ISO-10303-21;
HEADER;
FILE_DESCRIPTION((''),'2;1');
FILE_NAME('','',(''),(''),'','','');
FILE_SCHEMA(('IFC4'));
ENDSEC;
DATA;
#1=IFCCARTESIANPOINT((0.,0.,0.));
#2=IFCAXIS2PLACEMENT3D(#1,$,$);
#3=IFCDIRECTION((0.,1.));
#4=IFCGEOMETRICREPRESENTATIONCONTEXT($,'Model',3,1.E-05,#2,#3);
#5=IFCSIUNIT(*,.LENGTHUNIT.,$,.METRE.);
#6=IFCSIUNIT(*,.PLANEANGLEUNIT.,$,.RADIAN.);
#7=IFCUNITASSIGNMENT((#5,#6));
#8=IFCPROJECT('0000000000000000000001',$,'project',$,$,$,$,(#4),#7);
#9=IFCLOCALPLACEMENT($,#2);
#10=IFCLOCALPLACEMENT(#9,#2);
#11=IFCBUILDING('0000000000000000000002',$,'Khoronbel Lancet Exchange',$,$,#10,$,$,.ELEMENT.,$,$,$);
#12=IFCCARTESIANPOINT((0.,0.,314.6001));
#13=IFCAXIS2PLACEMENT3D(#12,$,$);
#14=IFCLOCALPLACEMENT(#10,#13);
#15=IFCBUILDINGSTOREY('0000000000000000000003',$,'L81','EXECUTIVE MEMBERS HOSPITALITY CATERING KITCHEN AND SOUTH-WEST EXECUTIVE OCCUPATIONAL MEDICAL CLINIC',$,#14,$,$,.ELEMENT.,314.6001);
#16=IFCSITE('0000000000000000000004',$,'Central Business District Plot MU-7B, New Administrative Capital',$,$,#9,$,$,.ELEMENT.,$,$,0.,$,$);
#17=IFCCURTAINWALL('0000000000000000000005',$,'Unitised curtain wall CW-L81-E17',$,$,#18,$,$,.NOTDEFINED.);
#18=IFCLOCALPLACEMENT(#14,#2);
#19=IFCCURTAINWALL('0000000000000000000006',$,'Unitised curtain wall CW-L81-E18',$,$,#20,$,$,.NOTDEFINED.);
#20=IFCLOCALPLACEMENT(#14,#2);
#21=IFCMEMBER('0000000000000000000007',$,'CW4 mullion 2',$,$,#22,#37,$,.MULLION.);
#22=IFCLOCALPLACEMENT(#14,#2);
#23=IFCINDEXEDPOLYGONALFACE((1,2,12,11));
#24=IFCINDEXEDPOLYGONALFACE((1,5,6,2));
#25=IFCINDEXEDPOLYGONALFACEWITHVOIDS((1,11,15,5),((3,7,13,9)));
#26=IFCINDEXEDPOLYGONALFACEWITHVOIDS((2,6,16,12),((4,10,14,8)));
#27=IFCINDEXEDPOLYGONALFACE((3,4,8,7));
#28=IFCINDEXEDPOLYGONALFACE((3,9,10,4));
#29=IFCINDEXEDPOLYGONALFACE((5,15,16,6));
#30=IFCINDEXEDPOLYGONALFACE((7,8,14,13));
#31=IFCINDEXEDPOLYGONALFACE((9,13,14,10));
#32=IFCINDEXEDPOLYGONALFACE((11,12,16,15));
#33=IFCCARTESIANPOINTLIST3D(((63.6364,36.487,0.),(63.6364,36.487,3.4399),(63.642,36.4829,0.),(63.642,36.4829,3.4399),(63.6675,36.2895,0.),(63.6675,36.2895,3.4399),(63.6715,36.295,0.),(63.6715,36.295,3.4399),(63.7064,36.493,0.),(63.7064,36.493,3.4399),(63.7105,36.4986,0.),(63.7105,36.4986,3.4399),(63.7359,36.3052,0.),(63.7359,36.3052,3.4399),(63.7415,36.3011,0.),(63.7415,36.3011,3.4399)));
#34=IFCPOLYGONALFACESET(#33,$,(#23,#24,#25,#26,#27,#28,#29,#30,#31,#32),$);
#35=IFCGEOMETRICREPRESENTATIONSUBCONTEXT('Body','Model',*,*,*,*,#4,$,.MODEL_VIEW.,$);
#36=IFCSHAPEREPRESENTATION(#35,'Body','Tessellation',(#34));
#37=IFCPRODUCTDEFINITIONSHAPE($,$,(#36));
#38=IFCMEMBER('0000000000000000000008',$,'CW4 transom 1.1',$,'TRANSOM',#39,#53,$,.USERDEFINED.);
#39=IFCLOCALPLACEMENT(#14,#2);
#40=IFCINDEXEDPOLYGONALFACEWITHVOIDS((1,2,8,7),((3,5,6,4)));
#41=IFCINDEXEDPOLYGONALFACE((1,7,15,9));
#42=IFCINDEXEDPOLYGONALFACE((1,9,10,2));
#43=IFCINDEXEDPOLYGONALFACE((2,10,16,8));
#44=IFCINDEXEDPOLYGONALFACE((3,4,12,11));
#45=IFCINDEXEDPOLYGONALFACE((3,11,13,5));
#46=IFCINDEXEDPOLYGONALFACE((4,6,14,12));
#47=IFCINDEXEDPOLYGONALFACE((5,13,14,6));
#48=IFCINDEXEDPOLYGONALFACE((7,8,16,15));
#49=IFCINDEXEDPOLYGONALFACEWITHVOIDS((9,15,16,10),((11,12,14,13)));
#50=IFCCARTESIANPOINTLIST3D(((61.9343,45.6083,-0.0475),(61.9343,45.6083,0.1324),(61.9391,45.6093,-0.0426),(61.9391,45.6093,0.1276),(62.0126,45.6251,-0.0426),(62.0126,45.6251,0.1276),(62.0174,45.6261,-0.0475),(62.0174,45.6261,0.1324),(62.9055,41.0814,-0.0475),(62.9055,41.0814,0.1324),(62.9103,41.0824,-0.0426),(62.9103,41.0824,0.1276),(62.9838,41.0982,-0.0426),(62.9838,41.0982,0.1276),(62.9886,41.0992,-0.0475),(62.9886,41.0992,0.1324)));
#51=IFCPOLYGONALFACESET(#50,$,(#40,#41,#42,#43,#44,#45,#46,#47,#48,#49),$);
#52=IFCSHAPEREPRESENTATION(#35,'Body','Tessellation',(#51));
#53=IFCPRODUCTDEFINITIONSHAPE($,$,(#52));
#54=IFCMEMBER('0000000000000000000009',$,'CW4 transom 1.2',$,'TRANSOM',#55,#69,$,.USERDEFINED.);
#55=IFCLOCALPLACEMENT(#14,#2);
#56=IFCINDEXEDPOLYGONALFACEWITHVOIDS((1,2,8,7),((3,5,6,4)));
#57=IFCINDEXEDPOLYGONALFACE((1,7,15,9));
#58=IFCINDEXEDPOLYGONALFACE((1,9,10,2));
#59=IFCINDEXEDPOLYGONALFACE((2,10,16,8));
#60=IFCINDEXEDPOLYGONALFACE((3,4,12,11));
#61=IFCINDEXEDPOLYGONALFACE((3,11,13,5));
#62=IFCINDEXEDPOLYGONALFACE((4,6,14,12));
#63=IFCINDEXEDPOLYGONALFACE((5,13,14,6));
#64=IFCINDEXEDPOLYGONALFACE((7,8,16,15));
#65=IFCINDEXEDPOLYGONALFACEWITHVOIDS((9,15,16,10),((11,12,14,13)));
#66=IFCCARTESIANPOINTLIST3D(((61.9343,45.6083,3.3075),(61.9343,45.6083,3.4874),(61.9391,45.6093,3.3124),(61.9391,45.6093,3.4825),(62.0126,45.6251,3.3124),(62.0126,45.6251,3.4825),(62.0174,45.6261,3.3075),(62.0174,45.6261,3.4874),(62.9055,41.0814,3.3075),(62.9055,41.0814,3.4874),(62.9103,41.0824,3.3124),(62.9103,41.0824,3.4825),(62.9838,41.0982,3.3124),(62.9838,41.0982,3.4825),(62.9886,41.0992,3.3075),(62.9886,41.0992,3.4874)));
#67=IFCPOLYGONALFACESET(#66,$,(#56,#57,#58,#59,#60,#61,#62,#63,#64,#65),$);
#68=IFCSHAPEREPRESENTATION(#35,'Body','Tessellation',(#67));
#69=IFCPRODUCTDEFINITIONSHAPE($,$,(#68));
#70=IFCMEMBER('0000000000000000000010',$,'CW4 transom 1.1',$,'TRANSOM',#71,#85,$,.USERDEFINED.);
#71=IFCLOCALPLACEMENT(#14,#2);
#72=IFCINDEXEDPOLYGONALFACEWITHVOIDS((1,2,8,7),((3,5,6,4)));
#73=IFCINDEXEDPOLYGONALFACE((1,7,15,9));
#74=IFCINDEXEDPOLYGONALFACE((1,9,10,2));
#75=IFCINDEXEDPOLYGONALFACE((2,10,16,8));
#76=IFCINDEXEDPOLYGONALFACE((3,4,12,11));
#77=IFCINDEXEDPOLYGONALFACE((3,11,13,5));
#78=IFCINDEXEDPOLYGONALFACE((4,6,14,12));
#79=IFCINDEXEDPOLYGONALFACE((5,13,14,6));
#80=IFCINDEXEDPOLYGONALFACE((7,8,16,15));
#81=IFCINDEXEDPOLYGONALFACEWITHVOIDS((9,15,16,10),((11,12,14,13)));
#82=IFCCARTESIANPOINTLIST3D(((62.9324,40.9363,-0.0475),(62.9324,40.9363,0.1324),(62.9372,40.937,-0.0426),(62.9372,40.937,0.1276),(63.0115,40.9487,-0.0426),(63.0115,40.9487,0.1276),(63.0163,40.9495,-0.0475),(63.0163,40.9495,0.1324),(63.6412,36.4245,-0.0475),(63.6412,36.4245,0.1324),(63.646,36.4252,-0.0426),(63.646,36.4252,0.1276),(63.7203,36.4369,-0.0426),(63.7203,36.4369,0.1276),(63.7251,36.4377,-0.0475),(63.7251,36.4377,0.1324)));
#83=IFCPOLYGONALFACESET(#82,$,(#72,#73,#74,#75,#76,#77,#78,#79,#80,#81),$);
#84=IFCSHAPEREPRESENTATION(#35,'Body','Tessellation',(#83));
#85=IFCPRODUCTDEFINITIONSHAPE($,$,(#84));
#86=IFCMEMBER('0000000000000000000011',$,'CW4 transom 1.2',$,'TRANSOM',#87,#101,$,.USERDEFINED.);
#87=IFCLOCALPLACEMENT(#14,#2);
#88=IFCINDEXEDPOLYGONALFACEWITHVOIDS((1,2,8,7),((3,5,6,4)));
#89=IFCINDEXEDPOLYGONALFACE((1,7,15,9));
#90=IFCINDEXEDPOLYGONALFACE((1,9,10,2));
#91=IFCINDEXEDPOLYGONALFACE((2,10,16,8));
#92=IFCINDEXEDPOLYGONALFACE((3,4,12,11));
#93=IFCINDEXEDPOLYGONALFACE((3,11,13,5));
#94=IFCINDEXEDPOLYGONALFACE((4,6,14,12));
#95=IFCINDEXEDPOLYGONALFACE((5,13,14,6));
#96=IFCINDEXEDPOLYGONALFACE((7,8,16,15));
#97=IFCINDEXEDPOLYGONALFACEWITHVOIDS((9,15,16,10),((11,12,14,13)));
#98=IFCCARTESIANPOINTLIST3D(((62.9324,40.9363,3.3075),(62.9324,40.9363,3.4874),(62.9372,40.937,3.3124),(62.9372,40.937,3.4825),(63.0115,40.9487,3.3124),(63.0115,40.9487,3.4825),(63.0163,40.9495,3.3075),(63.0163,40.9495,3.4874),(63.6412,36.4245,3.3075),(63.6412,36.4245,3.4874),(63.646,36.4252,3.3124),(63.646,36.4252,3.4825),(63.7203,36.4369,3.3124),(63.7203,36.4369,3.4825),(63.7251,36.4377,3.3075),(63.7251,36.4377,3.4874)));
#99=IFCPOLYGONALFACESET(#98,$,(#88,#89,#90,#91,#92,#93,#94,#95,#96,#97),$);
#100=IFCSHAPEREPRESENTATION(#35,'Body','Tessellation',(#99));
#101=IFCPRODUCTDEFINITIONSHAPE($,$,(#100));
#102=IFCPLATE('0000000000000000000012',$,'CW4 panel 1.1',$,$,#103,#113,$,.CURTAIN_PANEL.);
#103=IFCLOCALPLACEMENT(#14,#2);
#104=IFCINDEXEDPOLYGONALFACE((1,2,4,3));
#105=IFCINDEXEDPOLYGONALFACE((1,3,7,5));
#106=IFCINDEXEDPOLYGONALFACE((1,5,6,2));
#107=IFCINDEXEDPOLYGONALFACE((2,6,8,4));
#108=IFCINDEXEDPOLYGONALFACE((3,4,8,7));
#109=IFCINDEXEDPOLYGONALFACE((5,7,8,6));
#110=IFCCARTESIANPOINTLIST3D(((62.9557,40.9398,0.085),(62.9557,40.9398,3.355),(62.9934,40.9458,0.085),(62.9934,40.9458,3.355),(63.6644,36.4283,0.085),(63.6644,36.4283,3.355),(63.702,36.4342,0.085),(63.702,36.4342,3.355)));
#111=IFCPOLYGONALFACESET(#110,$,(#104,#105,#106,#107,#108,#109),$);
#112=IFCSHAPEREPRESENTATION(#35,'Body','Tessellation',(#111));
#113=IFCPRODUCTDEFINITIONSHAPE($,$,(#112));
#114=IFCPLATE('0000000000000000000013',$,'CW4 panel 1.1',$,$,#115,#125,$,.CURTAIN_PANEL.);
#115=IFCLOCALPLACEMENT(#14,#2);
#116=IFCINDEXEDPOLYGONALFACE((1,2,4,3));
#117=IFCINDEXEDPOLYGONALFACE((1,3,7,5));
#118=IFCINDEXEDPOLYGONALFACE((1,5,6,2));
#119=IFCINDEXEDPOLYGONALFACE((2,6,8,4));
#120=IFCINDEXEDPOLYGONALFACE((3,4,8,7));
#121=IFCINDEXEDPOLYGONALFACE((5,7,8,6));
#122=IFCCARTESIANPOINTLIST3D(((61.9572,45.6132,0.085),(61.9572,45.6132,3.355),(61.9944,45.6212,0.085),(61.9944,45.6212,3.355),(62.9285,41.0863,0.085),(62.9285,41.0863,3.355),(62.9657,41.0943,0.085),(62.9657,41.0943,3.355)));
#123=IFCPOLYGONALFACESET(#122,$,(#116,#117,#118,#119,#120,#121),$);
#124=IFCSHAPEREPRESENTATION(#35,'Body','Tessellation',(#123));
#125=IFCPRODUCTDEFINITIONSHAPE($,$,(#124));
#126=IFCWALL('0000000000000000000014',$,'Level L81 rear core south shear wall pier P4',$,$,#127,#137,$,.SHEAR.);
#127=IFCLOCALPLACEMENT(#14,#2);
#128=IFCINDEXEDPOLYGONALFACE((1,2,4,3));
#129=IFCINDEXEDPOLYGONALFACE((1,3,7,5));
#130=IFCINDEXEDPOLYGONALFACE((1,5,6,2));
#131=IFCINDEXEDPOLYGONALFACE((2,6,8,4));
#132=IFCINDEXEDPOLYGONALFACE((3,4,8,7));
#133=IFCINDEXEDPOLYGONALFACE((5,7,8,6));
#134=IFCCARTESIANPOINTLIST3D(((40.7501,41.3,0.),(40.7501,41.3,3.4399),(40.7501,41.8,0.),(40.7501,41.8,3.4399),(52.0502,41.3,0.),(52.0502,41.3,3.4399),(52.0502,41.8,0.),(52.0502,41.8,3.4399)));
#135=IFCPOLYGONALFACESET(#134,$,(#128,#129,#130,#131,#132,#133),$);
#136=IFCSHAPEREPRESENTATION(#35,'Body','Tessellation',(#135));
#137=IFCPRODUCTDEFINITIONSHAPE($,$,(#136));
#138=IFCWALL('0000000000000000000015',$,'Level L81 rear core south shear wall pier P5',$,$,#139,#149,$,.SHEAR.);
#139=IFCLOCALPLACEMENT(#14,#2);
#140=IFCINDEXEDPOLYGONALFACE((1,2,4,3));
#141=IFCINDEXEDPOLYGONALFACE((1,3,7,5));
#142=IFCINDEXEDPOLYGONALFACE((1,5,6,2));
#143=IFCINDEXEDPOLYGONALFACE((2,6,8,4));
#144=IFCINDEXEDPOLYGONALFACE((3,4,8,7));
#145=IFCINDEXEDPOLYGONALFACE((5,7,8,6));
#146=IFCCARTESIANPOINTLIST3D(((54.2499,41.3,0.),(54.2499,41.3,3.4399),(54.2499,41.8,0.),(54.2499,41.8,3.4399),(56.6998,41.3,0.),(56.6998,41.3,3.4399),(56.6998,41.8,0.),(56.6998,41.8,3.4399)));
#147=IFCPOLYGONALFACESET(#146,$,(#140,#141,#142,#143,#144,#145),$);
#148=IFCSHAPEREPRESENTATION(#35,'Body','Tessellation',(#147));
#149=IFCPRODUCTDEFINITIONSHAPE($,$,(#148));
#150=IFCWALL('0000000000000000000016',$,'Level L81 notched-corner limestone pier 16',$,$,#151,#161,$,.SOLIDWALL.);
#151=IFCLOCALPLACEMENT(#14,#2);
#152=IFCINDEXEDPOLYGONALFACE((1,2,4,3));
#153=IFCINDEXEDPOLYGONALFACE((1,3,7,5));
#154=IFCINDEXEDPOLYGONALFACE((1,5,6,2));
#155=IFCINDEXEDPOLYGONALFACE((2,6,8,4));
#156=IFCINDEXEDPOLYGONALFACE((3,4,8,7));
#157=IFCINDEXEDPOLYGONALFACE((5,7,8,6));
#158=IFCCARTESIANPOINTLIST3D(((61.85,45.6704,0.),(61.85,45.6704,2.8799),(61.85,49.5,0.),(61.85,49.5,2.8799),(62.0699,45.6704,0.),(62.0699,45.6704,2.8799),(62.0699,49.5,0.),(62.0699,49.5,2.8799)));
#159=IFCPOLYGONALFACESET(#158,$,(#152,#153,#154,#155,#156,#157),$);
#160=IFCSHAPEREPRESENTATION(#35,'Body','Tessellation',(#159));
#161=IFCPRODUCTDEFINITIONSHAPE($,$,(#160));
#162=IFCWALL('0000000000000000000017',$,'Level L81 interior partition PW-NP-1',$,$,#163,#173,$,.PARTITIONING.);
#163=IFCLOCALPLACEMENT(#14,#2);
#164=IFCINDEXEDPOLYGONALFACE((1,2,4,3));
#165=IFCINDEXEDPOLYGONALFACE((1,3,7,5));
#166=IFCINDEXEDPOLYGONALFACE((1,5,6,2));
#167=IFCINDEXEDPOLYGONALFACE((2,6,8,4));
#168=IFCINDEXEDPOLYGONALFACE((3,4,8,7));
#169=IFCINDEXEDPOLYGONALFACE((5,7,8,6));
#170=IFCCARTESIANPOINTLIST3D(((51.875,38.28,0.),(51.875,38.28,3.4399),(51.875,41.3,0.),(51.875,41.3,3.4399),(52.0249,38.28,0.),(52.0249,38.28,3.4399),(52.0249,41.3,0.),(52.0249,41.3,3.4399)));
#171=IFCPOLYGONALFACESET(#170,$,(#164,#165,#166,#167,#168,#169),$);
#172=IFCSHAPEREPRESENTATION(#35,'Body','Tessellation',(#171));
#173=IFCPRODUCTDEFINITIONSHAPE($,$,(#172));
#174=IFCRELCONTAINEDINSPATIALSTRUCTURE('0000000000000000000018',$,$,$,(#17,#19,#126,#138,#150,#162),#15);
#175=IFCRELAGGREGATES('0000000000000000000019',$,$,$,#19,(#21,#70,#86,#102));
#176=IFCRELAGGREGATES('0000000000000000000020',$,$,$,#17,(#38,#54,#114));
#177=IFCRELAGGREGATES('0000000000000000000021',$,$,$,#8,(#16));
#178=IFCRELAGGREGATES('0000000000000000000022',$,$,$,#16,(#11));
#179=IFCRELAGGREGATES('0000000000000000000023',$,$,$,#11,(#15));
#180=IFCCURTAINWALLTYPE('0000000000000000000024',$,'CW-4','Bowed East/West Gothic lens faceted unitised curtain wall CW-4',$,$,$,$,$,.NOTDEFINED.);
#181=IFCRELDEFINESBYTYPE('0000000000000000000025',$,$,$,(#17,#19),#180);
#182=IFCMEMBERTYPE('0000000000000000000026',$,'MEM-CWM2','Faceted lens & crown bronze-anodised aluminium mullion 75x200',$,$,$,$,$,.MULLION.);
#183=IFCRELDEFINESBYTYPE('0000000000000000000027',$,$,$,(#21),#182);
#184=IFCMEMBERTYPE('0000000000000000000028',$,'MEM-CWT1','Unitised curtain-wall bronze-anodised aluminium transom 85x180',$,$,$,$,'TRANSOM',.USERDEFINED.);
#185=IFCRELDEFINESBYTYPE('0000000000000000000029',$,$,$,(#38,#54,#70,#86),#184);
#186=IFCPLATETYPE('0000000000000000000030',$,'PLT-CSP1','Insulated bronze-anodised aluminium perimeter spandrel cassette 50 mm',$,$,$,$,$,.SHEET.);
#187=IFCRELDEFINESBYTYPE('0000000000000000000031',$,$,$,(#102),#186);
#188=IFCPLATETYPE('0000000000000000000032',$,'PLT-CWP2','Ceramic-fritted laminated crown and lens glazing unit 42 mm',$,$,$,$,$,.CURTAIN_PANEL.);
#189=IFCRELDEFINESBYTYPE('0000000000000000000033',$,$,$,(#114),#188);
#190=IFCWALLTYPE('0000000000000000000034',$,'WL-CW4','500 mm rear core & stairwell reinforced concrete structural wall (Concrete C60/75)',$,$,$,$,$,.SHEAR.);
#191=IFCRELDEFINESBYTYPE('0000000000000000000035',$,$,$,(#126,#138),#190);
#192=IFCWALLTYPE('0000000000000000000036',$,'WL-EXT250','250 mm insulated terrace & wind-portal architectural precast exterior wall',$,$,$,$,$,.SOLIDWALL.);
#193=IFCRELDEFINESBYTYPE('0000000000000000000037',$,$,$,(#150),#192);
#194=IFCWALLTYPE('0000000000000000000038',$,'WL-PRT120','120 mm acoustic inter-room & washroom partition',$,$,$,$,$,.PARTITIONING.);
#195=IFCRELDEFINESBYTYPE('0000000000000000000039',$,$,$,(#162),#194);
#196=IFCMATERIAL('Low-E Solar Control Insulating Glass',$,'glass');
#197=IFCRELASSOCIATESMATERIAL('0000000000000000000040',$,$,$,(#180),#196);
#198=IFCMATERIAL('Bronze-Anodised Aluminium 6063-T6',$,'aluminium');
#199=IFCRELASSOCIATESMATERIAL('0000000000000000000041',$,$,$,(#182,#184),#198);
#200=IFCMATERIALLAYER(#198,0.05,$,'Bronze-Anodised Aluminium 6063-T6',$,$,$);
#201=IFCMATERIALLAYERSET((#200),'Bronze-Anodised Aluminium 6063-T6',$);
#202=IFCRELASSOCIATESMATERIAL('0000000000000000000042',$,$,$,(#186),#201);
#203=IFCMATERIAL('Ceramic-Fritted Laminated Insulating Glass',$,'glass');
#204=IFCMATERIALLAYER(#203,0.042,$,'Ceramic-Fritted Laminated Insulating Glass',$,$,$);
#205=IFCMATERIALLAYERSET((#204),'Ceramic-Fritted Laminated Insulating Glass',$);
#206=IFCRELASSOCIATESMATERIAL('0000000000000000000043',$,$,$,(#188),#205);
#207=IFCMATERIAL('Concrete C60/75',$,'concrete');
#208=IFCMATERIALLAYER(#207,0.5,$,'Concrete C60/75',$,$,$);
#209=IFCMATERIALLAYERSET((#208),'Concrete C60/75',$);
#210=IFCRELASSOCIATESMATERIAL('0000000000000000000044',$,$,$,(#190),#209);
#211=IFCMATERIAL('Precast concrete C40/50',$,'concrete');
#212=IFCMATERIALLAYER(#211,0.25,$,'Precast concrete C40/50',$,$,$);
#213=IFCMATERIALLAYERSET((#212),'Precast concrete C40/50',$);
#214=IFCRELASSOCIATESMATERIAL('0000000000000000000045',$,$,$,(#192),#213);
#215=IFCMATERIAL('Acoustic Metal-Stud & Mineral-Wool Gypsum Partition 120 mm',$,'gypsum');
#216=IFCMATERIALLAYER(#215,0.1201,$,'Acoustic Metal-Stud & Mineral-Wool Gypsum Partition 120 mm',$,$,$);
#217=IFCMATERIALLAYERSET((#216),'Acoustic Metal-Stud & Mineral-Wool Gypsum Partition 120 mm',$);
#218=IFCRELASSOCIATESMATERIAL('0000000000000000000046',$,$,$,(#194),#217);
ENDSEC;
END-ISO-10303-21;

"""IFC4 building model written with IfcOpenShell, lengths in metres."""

from ifc_helpers import new_model, si_unit, direction, frame, frame_2d, origin, origin_2d, place, context, subcontext, project, spatial, rectangle, hollow_rectangle, extrude, material, layer, layer_set, material_profile, profile_set, type_object, element, aggregate, save


model = new_model("IFC4")

# Units and contexts
model_context = context("Model", 3, precision=1e-05, world=origin(), true_north=direction((0.0, 1.0)))
body_context = subcontext(model_context, "Body", "Model", "MODEL_VIEW")
ifc_project = project(units=[si_unit("LENGTHUNIT", "METRE"), si_unit("PLANEANGLEUNIT", "RADIAN")], contexts=[model_context])

# Site, building, storey
site_placement = place(None, origin())
site = spatial("IfcSite", under=ifc_project, at=site_placement, Name="Central Business District Plot MU-7B, New Administrative Capital", CompositionType="ELEMENT", RefElevation=0.0)
building_placement = place(site_placement, origin())
building = spatial("IfcBuilding", under=site, at=building_placement, Name="Khoronbel Lancet Exchange", CompositionType="ELEMENT")
storey_placement = place(building_placement, frame((0.0, 0.0, 314.6001)))
storey = spatial("IfcBuildingStorey", under=building, at=storey_placement, Name="L81", Description="EXECUTIVE MEMBERS HOSPITALITY CATERING KITCHEN AND SOUTH-WEST EXECUTIVE OCCUPATIONAL MEDICAL CLINIC", CompositionType="ELEMENT", Elevation=314.6001)

# Shared definitions
ifc_material_1 = material(Name="Concrete C60/75", Category="concrete")

# Curtain walls, member
ifc_material_2 = material(Name="Low-E Solar Control Insulating Glass", Category="glass")
curtain_wall_type = type_object("IfcCurtainWallType", Name="CW-4", Description="Bowed East/West Gothic lens faceted unitised curtain wall CW-4", PredefinedType="NOTDEFINED", material=ifc_material_2)
curtain_wall_1_placement = place(storey_placement, origin())
curtain_wall_1 = element("IfcCurtainWall", 1, at=curtain_wall_1_placement, inside=storey, type_object=curtain_wall_type, Name="Unitised curtain wall CW-L81-E17", PredefinedType="NOTDEFINED")
ifc_material_3 = material(Name="Bronze-Anodised Aluminium 6063-T6", Category="aluminium")
ifc_material_profile_1 = material_profile(ifc_material_3, hollow_rectangle(XDim=0.075, YDim=0.2, WallThickness=0.0049, at=origin_2d()), Name="ALU MULLION 75x200")
ifc_profile_set_1 = profile_set([ifc_material_profile_1], Name="Bronze-Anodised Aluminium 6063-T6")
member_type_1 = type_object("IfcMemberType", Name="MEM-CWM2", Description="Faceted lens & crown bronze-anodised aluminium mullion 75x200", PredefinedType="MULLION", material=ifc_profile_set_1)
curtain_wall_2_placement = place(storey_placement, origin())
curtain_wall_2 = element("IfcCurtainWall", 2, at=curtain_wall_2_placement, inside=storey, type_object=curtain_wall_type, Name="Unitised curtain wall CW-L81-E18", PredefinedType="NOTDEFINED")
member_1_placement = place(storey_placement, frame((63.689, 36.394, 0.0), z_axis=(0.0, 0.0, 1.0), x_axis=(0.987889, 0.155165, 0.0)))
member_1 = element("IfcMember", 3, at=member_1_placement, type_object=member_type_1, Name="CW4 mullion 2", PredefinedType="MULLION", context=body_context, shape_type="SweptSolid", body=[
    extrude(hollow_rectangle(XDim=0.075, YDim=0.2, WallThickness=0.0049, at=origin_2d()), origin(), (0.0, 0.0, 1.0), 3.4399),
])

# Members
ifc_material_profile_2 = material_profile(ifc_material_3, hollow_rectangle(XDim=0.085, YDim=0.1799, WallThickness=0.0049, at=origin_2d()), Name="ALU TRANSOM 85x180")
ifc_profile_set_2 = profile_set([ifc_material_profile_2], Name="Bronze-Anodised Aluminium 6063-T6")
member_type_2 = type_object("IfcMemberType", Name="MEM-CWT1", Description="Unitised curtain-wall bronze-anodised aluminium transom 85x180", ElementType="TRANSOM", PredefinedType="USERDEFINED", material=ifc_profile_set_2)
member_2_placement = place(storey_placement, frame((61.9758, 45.6172, 0.0425), z_axis=(0.209767, -0.977751, 0.0), x_axis=(0.977751, 0.209767, 0.0)))
member_2 = element("IfcMember", 4, at=member_2_placement, type_object=member_type_2, Name="CW4 transom 1.1", ObjectType="TRANSOM", PredefinedType="USERDEFINED", context=body_context, shape_type="SweptSolid", body=[
    extrude(hollow_rectangle(XDim=0.085, YDim=0.1799, WallThickness=0.0049, at=origin_2d()), origin(), (0.0, 0.0, 1.0), 4.6299),
])
member_3_placement = place(storey_placement, frame((61.9758, 45.6172, 3.3975), z_axis=(0.209767, -0.977751, 0.0), x_axis=(0.977751, 0.209767, 0.0)))
member_3 = element("IfcMember", 5, at=member_3_placement, type_object=member_type_2, Name="CW4 transom 1.2", ObjectType="TRANSOM", PredefinedType="USERDEFINED", context=body_context, shape_type="SweptSolid", body=[
    extrude(hollow_rectangle(XDim=0.085, YDim=0.1799, WallThickness=0.0049, at=origin_2d()), origin(), (0.0, 0.0, 1.0), 4.6299),
])
member_4_placement = place(storey_placement, frame((62.9744, 40.9429, 0.0425), z_axis=(0.155186, -0.987885, 0.0), x_axis=(0.987885, 0.155186, 0.0)))
member_4 = element("IfcMember", 6, at=member_4_placement, type_object=member_type_2, Name="CW4 transom 1.1", ObjectType="TRANSOM", PredefinedType="USERDEFINED", context=body_context, shape_type="SweptSolid", body=[
    extrude(hollow_rectangle(XDim=0.085, YDim=0.1799, WallThickness=0.0049, at=origin_2d()), origin(), (0.0, 0.0, 1.0), 4.5671),
])
member_5_placement = place(storey_placement, frame((62.9744, 40.9429, 3.3975), z_axis=(0.155186, -0.987885, 0.0), x_axis=(0.987885, 0.155186, 0.0)))
member_5 = element("IfcMember", 7, at=member_5_placement, type_object=member_type_2, Name="CW4 transom 1.2", ObjectType="TRANSOM", PredefinedType="USERDEFINED", context=body_context, shape_type="SweptSolid", body=[
    extrude(hollow_rectangle(XDim=0.085, YDim=0.1799, WallThickness=0.0049, at=origin_2d()), origin(), (0.0, 0.0, 1.0), 4.5671),
])

# Plates
ifc_layer_1 = layer(ifc_material_3, 0.05, Name="Bronze-Anodised Aluminium 6063-T6")
ifc_layer_set_1 = layer_set([ifc_layer_1], Name="Bronze-Anodised Aluminium 6063-T6")
plate_type_1 = type_object("IfcPlateType", Name="PLT-CSP1", Description="Insulated bronze-anodised aluminium perimeter spandrel cassette 50 mm", PredefinedType="SHEET", material=ifc_layer_set_1)
plate_1_placement = place(storey_placement, frame((63.3289, 38.687, 0.085), z_axis=(0.0, 0.0, 1.0), x_axis=(0.155165, -0.987889, 0.0)))
plate_1 = element("IfcPlate", 8, at=plate_1_placement, type_object=plate_type_1, Name="CW4 panel 1.1", PredefinedType="CURTAIN_PANEL", context=body_context, shape_type="SweptSolid", body=[
    extrude(rectangle(XDim=4.5669, YDim=0.0381, at=origin_2d()), origin(), (0.0, 0.0, 1.0), 3.27),
])
aggregate(curtain_wall_2, [member_1, member_4, member_5, plate_1])
ifc_material_4 = material(Name="Ceramic-Fritted Laminated Insulating Glass", Category="glass")
ifc_layer_2 = layer(ifc_material_4, 0.042, Name="Ceramic-Fritted Laminated Insulating Glass")
ifc_layer_set_2 = layer_set([ifc_layer_2], Name="Ceramic-Fritted Laminated Insulating Glass")
plate_type_2 = type_object("IfcPlateType", Name="PLT-CWP2", Description="Ceramic-fritted laminated crown and lens glazing unit 42 mm", PredefinedType="CURTAIN_PANEL", material=ifc_layer_set_2)
plate_2_placement = place(storey_placement, frame((62.4614, 43.3538, 0.085), z_axis=(0.0, 0.0, 1.0), x_axis=(0.209792, -0.977746, 0.0)))
plate_2 = element("IfcPlate", 9, at=plate_2_placement, type_object=plate_type_2, Name="CW4 panel 1.1", PredefinedType="CURTAIN_PANEL", context=body_context, shape_type="SweptSolid", body=[
    extrude(rectangle(XDim=4.6299, YDim=0.0381, at=origin_2d()), origin(), (0.0, 0.0, 1.0), 3.27),
])
aggregate(curtain_wall_1, [member_2, member_3, plate_2])

# Walls
ifc_layer_3 = layer(ifc_material_1, 0.5, Name="Concrete C60/75")
ifc_layer_set_3 = layer_set([ifc_layer_3], Name="Concrete C60/75")
wall_type_1 = type_object("IfcWallType", Name="WL-CW4", Description="500 mm rear core & stairwell reinforced concrete structural wall (Concrete C60/75)", PredefinedType="SHEAR", material=ifc_layer_set_3)
wall_1_placement = place(storey_placement, frame((52.05, 41.55, 0.0), z_axis=(0.0, 0.0, 1.0), x_axis=(-1.0, 0.0, 0.0)))
element("IfcWall", 10, at=wall_1_placement, inside=storey, type_object=wall_type_1, Name="Level L81 rear core south shear wall pier P4", PredefinedType="SHEAR", context=body_context, shape_type="SweptSolid", body=[
    extrude(rectangle(XDim=11.3, YDim=0.5, at=frame_2d((5.6499, 0.0))), origin(), (0.0, 0.0, 1.0), 3.4399),
])
wall_2_placement = place(storey_placement, frame((56.7, 41.55, 0.0), z_axis=(0.0, 0.0, 1.0), x_axis=(-1.0, 0.0, 0.0)))
element("IfcWall", 11, at=wall_2_placement, inside=storey, type_object=wall_type_1, Name="Level L81 rear core south shear wall pier P5", PredefinedType="SHEAR", context=body_context, shape_type="SweptSolid", body=[
    extrude(rectangle(XDim=2.45, YDim=0.5, at=frame_2d((1.2251, 0.0))), origin(), (0.0, 0.0, 1.0), 3.4399),
])
ifc_material_5 = material(Name="Precast concrete C40/50", Category="concrete")
ifc_layer_4 = layer(ifc_material_5, 0.25, Name="Precast concrete C40/50")
ifc_layer_set_4 = layer_set([ifc_layer_4], Name="Precast concrete C40/50")
wall_type_2 = type_object("IfcWallType", Name="WL-EXT250", Description="250 mm insulated terrace & wind-portal architectural precast exterior wall", PredefinedType="SOLIDWALL", material=ifc_layer_set_4)
wall_3_placement = place(storey_placement, frame((61.96, 49.5, 0.0), z_axis=(0.0, 0.0, 1.0), x_axis=(0.0, -1.0, 0.0)))
element("IfcWall", 12, at=wall_3_placement, inside=storey, type_object=wall_type_2, Name="Level L81 notched-corner limestone pier 16", PredefinedType="SOLIDWALL", context=body_context, shape_type="SweptSolid", body=[
    extrude(rectangle(XDim=3.8296, YDim=0.22, at=frame_2d((1.9148, 0.0))), origin(), (0.0, 0.0, 1.0), 2.8799),
])
ifc_material_6 = material(Name="Acoustic Metal-Stud & Mineral-Wool Gypsum Partition 120 mm", Category="gypsum")
ifc_layer_5 = layer(ifc_material_6, 0.1201, Name="Acoustic Metal-Stud & Mineral-Wool Gypsum Partition 120 mm")
ifc_layer_set_5 = layer_set([ifc_layer_5], Name="Acoustic Metal-Stud & Mineral-Wool Gypsum Partition 120 mm")
wall_type_3 = type_object("IfcWallType", Name="WL-PRT120", Description="120 mm acoustic inter-room & washroom partition", PredefinedType="PARTITIONING", material=ifc_layer_set_5)
wall_4_placement = place(storey_placement, frame((51.95, 38.28, 0.0), z_axis=(0.0, 0.0, 1.0), x_axis=(0.0, 1.0, 0.0)))
element("IfcWall", 13, at=wall_4_placement, inside=storey, type_object=wall_type_3, Name="Level L81 interior partition PW-NP-1", PredefinedType="PARTITIONING", context=body_context, shape_type="SweptSolid", body=[
    extrude(rectangle(XDim=3.02, YDim=0.1499, at=frame_2d((1.51, 0.0))), origin(), (0.0, 0.0, 1.0), 3.4399),
])

save(model, "model.ifc")
